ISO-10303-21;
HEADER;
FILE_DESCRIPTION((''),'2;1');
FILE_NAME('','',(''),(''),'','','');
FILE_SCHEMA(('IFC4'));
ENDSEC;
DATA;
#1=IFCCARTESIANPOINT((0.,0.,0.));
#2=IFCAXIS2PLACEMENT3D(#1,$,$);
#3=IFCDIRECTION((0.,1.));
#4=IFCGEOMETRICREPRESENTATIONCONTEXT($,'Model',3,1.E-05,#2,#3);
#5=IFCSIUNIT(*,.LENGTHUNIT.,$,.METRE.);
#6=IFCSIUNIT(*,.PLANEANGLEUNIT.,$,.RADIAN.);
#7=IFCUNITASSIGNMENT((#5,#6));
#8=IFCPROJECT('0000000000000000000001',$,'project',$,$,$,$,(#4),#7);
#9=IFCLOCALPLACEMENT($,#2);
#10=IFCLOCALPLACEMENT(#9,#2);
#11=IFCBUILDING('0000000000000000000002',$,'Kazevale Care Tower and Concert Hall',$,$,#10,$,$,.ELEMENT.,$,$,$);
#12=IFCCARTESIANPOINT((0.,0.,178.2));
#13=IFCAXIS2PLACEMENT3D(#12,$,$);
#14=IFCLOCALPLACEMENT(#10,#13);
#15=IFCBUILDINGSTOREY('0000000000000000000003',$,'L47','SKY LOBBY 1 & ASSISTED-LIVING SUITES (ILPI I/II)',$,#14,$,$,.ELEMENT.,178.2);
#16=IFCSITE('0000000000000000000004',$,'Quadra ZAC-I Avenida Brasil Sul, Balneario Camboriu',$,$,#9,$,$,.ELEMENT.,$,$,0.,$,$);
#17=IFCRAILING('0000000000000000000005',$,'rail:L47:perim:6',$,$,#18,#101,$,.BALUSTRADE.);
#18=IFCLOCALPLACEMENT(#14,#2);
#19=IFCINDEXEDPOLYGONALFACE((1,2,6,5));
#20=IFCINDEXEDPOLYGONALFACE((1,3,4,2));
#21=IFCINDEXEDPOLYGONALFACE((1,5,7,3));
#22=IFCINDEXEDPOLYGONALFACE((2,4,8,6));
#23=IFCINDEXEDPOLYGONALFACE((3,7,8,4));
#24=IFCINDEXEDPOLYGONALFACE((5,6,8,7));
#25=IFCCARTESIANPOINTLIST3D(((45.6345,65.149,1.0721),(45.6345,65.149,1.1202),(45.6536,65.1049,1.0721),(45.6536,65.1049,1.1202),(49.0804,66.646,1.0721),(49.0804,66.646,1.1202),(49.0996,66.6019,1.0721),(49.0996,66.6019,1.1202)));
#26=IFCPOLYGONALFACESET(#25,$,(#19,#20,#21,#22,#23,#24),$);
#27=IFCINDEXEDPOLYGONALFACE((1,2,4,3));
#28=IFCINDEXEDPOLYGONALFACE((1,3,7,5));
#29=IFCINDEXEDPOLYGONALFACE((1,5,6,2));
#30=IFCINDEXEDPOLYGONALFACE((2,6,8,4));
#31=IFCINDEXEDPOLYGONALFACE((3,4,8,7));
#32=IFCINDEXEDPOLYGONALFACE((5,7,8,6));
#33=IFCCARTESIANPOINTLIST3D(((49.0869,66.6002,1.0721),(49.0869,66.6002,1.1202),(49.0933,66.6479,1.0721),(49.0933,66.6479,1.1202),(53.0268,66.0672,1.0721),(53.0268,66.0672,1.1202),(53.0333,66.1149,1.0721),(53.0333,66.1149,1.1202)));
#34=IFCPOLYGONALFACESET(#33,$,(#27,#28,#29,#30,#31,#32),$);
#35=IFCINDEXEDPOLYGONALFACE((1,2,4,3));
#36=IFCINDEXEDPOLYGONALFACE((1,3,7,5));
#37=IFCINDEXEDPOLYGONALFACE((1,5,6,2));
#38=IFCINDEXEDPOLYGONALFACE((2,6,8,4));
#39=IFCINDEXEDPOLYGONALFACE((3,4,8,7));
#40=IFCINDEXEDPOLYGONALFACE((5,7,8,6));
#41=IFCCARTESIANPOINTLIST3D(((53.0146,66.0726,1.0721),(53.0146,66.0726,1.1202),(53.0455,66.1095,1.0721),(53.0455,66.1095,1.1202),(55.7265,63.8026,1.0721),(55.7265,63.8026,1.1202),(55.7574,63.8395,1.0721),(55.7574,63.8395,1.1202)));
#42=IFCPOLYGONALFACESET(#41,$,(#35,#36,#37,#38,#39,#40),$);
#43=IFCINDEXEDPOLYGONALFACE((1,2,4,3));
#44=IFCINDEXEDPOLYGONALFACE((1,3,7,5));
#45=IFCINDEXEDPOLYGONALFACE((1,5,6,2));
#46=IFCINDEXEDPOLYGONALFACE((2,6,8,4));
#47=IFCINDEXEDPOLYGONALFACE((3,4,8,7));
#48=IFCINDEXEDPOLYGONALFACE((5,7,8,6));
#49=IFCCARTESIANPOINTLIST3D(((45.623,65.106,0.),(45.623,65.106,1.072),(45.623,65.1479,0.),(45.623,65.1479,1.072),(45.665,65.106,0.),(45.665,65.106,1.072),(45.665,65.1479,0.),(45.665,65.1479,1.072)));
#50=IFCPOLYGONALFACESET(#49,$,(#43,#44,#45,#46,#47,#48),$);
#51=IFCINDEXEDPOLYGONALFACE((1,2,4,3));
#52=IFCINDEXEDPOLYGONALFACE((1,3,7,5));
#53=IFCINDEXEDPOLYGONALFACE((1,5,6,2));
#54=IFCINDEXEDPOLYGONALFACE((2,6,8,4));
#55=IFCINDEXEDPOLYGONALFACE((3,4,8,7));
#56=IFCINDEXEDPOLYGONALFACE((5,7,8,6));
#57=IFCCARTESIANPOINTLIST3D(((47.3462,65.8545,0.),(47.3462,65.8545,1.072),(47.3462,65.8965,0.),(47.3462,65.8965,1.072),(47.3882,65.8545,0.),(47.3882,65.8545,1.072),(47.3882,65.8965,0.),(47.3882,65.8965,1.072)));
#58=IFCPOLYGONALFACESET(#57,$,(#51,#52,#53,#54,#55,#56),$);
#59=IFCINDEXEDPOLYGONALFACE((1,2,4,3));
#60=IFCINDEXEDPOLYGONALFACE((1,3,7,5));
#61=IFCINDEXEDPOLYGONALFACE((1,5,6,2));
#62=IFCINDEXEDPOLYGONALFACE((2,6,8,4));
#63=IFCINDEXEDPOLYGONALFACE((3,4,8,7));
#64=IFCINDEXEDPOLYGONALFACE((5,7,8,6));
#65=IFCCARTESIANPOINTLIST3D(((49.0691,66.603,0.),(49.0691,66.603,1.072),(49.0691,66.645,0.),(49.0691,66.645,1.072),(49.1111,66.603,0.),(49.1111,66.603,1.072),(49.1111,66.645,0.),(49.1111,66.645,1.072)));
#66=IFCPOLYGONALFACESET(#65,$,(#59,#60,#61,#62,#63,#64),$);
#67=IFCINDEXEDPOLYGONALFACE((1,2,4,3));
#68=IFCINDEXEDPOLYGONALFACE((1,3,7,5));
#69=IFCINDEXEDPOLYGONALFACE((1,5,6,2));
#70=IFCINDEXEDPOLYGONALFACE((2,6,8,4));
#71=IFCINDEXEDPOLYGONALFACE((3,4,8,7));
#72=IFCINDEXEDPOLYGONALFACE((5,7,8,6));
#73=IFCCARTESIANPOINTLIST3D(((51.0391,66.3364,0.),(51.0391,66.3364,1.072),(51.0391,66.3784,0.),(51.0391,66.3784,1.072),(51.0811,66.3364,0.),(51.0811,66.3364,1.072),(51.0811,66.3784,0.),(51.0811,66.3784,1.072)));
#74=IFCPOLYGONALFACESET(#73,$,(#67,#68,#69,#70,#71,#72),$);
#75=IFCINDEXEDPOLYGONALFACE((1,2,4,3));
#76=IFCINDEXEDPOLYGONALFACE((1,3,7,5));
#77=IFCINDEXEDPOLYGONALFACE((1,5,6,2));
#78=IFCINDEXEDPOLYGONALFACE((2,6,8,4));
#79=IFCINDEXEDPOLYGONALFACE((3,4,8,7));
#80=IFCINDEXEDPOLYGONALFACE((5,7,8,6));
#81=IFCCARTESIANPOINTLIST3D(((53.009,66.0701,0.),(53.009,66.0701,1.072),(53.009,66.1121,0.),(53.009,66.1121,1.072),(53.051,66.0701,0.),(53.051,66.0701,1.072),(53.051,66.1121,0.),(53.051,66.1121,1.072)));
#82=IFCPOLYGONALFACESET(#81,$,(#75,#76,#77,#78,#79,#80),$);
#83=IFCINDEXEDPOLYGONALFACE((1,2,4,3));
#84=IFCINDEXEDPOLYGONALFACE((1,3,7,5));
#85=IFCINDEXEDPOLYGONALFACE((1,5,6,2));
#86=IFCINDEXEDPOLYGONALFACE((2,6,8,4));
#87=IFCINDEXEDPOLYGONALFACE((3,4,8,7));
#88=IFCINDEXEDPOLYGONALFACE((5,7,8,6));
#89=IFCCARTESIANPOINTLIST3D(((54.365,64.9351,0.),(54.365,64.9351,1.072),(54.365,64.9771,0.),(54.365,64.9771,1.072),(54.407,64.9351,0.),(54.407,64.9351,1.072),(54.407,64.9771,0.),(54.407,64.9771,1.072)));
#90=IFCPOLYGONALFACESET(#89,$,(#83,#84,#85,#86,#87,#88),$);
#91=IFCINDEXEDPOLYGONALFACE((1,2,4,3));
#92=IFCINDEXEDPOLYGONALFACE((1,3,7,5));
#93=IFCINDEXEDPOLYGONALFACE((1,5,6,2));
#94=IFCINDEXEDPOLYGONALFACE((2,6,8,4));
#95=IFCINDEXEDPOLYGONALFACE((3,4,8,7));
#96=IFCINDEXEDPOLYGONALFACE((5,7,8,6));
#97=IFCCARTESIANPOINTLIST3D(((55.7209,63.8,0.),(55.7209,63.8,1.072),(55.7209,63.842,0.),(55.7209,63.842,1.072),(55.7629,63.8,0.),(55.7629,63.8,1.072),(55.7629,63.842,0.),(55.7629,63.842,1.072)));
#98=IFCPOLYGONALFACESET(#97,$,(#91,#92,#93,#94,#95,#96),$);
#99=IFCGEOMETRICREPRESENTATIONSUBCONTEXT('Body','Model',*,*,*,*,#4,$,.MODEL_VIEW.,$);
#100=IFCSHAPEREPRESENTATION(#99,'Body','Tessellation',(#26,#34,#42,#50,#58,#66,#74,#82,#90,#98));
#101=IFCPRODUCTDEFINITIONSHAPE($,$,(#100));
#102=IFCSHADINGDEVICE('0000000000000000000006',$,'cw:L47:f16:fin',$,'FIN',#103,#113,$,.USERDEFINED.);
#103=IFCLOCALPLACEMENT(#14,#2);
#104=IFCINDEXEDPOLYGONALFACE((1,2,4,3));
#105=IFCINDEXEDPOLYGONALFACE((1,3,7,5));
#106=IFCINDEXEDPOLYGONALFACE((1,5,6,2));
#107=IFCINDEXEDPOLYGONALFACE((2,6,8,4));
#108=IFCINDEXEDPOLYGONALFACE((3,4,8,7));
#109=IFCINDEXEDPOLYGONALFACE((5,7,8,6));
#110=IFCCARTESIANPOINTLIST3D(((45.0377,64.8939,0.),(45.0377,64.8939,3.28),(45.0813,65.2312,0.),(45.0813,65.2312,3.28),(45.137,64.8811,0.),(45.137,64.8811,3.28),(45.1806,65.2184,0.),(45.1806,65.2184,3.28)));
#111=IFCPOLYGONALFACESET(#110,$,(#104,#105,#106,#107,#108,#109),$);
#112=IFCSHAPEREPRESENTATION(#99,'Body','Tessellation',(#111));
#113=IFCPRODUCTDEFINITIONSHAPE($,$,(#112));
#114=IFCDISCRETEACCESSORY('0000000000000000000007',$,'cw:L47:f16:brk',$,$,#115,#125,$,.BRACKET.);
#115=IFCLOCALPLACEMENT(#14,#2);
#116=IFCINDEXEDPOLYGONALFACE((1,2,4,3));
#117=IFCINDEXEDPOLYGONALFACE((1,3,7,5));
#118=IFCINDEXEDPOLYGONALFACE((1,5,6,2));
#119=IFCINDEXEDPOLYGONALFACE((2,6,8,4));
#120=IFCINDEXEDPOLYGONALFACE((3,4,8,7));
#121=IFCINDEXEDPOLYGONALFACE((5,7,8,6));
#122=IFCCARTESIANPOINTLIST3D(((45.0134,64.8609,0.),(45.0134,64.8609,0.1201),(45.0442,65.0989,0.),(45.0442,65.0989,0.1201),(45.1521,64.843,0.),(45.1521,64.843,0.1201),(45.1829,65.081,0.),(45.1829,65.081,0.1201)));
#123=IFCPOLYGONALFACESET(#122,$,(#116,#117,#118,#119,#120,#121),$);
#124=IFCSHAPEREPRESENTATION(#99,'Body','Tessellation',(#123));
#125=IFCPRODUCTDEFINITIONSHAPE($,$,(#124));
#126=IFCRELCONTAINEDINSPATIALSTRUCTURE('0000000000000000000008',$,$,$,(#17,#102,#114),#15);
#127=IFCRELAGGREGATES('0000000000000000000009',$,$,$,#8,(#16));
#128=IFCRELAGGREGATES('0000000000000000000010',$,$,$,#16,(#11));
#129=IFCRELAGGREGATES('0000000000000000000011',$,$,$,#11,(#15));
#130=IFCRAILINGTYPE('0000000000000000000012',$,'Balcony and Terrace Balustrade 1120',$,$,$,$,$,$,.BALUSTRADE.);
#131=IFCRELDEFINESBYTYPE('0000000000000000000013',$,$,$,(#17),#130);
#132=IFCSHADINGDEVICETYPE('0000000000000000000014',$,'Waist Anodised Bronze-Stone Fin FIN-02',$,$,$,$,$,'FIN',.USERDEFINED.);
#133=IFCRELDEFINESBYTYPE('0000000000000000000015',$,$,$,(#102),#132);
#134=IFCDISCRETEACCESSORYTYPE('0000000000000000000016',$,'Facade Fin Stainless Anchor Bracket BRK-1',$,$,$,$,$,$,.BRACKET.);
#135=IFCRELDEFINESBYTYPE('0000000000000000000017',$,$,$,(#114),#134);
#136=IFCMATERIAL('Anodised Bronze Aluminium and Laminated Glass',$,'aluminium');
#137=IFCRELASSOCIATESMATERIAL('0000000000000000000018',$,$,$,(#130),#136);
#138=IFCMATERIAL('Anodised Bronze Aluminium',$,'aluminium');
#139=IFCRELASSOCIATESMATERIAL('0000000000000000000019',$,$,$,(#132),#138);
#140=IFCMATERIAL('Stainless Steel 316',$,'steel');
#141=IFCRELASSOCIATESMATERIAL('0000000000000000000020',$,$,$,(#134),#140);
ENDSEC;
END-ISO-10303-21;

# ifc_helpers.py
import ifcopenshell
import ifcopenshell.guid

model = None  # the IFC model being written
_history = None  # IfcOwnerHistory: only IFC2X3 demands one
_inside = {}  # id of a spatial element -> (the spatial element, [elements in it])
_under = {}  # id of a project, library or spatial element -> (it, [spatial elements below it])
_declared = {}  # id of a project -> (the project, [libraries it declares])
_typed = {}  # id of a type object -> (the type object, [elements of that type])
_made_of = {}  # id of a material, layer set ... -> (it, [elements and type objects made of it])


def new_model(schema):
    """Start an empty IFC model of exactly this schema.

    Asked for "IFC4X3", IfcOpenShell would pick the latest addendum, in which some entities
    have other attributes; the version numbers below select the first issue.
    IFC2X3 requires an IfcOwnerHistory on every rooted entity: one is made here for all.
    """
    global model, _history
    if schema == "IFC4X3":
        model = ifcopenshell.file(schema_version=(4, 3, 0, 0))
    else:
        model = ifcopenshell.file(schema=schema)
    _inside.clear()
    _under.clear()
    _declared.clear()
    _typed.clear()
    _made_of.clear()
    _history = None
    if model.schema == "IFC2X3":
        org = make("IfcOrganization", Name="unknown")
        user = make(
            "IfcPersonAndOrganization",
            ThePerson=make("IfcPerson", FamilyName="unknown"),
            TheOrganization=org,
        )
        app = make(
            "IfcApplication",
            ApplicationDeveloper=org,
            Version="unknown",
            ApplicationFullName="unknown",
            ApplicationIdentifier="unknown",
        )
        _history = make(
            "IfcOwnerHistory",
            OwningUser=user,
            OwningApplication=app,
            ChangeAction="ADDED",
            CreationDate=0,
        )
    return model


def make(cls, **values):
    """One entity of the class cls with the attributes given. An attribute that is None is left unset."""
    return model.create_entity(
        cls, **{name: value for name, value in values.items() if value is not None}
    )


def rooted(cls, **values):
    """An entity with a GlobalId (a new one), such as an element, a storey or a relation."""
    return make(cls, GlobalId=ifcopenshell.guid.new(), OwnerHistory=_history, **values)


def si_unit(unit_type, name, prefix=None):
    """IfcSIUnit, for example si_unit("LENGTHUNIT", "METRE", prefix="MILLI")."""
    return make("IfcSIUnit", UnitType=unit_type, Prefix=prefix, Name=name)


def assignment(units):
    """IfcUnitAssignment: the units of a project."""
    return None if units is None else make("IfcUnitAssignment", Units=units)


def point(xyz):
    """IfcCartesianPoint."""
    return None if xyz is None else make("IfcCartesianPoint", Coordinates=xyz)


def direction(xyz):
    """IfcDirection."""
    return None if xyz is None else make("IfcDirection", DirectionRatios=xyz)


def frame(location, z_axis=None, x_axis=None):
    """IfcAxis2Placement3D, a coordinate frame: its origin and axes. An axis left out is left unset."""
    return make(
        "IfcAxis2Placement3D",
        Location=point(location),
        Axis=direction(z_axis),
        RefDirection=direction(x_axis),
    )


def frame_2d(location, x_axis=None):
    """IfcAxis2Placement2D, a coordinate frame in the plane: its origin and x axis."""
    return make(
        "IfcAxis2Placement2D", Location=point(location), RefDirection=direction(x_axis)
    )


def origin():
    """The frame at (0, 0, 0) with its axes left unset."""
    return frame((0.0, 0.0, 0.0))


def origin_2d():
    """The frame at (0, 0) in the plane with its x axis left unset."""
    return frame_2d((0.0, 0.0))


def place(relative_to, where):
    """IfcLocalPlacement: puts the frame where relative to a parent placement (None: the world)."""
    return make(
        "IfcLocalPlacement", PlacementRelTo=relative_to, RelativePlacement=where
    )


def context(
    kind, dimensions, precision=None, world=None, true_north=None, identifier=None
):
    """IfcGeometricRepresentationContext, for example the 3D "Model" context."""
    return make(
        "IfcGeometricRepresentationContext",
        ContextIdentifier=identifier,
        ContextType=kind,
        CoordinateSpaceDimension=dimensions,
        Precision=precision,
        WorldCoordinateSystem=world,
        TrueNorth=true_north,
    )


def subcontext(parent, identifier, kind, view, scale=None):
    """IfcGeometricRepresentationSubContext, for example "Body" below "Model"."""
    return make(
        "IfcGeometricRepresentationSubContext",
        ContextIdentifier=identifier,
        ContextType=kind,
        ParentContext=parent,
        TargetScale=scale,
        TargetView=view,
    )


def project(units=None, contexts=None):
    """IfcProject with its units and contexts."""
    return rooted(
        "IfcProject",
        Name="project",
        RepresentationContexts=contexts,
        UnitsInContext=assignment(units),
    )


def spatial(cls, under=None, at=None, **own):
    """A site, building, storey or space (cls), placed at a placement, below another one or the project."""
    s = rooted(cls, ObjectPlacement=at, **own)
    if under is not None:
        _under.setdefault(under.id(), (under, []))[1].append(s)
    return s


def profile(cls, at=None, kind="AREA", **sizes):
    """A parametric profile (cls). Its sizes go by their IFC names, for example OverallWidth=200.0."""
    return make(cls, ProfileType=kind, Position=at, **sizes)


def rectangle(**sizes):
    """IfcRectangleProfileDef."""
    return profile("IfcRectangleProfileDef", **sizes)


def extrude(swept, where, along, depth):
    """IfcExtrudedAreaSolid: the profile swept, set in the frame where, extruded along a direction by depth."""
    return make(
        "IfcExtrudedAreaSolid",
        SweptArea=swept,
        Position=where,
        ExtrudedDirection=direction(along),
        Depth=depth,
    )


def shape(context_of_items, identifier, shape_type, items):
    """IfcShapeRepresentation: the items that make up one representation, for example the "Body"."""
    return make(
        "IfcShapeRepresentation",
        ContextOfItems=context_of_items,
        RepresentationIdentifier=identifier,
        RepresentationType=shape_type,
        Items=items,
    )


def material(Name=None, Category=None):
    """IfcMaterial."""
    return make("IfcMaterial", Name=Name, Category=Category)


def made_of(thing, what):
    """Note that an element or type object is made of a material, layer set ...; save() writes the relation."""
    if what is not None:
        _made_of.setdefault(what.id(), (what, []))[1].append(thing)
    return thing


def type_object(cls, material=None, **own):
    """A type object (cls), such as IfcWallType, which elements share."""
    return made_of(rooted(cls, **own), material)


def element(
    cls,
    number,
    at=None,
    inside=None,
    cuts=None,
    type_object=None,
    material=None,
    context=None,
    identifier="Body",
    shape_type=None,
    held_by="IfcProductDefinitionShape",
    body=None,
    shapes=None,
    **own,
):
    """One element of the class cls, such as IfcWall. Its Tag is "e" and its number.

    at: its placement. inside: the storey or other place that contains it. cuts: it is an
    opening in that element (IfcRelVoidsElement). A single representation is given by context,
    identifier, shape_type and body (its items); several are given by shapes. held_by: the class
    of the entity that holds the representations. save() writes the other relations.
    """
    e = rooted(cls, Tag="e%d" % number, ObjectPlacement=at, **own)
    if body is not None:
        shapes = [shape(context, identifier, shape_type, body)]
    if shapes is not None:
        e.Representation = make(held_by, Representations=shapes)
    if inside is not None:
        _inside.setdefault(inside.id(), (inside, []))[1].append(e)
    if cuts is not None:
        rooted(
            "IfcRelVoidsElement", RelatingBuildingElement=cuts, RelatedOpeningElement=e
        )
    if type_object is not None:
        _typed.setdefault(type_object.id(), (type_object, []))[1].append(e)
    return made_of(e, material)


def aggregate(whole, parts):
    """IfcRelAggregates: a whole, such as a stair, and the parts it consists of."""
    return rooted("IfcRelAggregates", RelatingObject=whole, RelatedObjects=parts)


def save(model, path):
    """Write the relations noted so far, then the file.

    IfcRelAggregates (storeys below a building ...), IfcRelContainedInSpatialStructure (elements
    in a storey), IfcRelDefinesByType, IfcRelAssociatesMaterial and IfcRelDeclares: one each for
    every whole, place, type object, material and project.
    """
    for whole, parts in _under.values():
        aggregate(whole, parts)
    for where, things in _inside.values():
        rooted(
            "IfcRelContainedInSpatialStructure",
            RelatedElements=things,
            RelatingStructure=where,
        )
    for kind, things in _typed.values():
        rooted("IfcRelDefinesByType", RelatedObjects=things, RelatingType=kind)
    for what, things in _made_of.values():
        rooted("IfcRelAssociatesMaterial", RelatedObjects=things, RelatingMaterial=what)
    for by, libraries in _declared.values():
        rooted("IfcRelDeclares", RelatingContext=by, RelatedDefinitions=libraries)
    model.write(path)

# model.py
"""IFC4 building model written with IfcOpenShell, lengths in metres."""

from ifc_helpers import new_model, si_unit, direction, frame, origin, origin_2d, place, context, subcontext, project, spatial, rectangle, extrude, material, type_object, element, save


model = new_model("IFC4")

# Units and contexts
model_context = context("Model", 3, precision=1e-05, world=origin(), true_north=direction((0.0, 1.0)))
body_context = subcontext(model_context, "Body", "Model", "MODEL_VIEW")
ifc_project = project(units=[si_unit("LENGTHUNIT", "METRE"), si_unit("PLANEANGLEUNIT", "RADIAN")], contexts=[model_context])

# Site, building, storey
site_placement = place(None, origin())
site = spatial("IfcSite", under=ifc_project, at=site_placement, Name="Quadra ZAC-I Avenida Brasil Sul, Balneario Camboriu", CompositionType="ELEMENT", RefElevation=0.0)
building_placement = place(site_placement, origin())
building = spatial("IfcBuilding", under=site, at=building_placement, Name="Kazevale Care Tower and Concert Hall", CompositionType="ELEMENT")
storey_placement = place(building_placement, frame((0.0, 0.0, 178.2)))
storey = spatial("IfcBuildingStorey", under=building, at=storey_placement, Name="L47", Description="SKY LOBBY 1 & ASSISTED-LIVING SUITES (ILPI I/II)", CompositionType="ELEMENT", Elevation=178.2)

# Railing
ifc_material_1 = material(Name="Anodised Bronze Aluminium and Laminated Glass", Category="aluminium")
railing_type = type_object("IfcRailingType", Name="Balcony and Terrace Balustrade 1120", PredefinedType="BALUSTRADE", material=ifc_material_1)
railing_placement = place(storey_placement, frame((45.644, 65.127, 0.0)))
element("IfcRailing", 1, at=railing_placement, inside=storey, type_object=railing_type, Name="rail:L47:perim:6", PredefinedType="BALUSTRADE", context=body_context, shape_type="SweptSolid", body=[
    extrude(rectangle(XDim=0.0481, YDim=0.0481, at=origin_2d()), frame((0.0, 0.0, 1.0962), z_axis=(0.917188, 0.398455, 0.0), x_axis=(-0.398455, 0.917188, 0.0)), (0.0, 0.0, 1.0), 3.7571),
    extrude(rectangle(XDim=0.0481, YDim=0.0481, at=origin_2d()), frame((3.446, 1.4971, 1.0962), z_axis=(0.990975, -0.13405, 0.0), x_axis=(0.13405, 0.990975, 0.0)), (0.0, 0.0, 1.0), 3.9758),
    extrude(rectangle(XDim=0.0481, YDim=0.0481, at=origin_2d()), frame((7.386, 0.9641, 1.0962), z_axis=(0.766816, -0.641867, 0.0), x_axis=(0.641867, 0.766816, 0.0)), (0.0, 0.0, 1.0), 3.5366),
    extrude(rectangle(XDim=0.042, YDim=0.042, at=origin_2d()), origin(), (0.0, 0.0, 1.0), 1.072),
    extrude(rectangle(XDim=0.042, YDim=0.042, at=origin_2d()), frame((1.7231, 0.7485, 0.0)), (0.0, 0.0, 1.0), 1.072),
    extrude(rectangle(XDim=0.042, YDim=0.042, at=origin_2d()), frame((3.446, 1.4971, 0.0)), (0.0, 0.0, 1.0), 1.072),
    extrude(rectangle(XDim=0.042, YDim=0.042, at=origin_2d()), frame((5.416, 1.2305, 0.0)), (0.0, 0.0, 1.0), 1.072),
    extrude(rectangle(XDim=0.042, YDim=0.042, at=origin_2d()), frame((7.386, 0.9641, 0.0)), (0.0, 0.0, 1.0), 1.072),
    extrude(rectangle(XDim=0.042, YDim=0.042, at=origin_2d()), frame((8.7419, -0.1709, 0.0)), (0.0, 0.0, 1.0), 1.072),
    extrude(rectangle(XDim=0.042, YDim=0.042, at=origin_2d()), frame((10.0979, -1.3059, 0.0)), (0.0, 0.0, 1.0), 1.072),
])

# Shading device
ifc_material_2 = material(Name="Anodised Bronze Aluminium", Category="aluminium")
shading_device_type = type_object("IfcShadingDeviceType", Name="Waist Anodised Bronze-Stone Fin FIN-02", ElementType="FIN", PredefinedType="USERDEFINED", material=ifc_material_2)
shading_device_placement = place(storey_placement, frame((45.1091, 65.0562, 0.0), z_axis=(0.0, 0.0, 1.0), x_axis=(0.128276, 0.991738, 0.0)))
element("IfcShadingDevice", 2, at=shading_device_placement, inside=storey, type_object=shading_device_type, Name="cw:L47:f16:fin", ObjectType="FIN", PredefinedType="USERDEFINED", context=body_context, shape_type="SweptSolid", body=[
    extrude(rectangle(XDim=0.3401, YDim=0.1001, at=origin_2d()), origin(), (0.0, 0.0, 1.0), 3.28),
])

# Discrete accessory
ifc_material_3 = material(Name="Stainless Steel 316", Category="steel")
discrete_accessory_type = type_object("IfcDiscreteAccessoryType", Name="Facade Fin Stainless Anchor Bracket BRK-1", PredefinedType="BRACKET", material=ifc_material_3)
discrete_accessory_placement = place(storey_placement, frame((45.0981, 64.9709, 0.0), z_axis=(0.0, 0.0, 1.0), x_axis=(0.128276, 0.991738, 0.0)))
element("IfcDiscreteAccessory", 3, at=discrete_accessory_placement, inside=storey, type_object=discrete_accessory_type, Name="cw:L47:f16:brk", PredefinedType="BRACKET", context=body_context, shape_type="SweptSolid", body=[
    extrude(rectangle(XDim=0.24, YDim=0.1399, at=origin_2d()), origin(), (0.0, 0.0, 1.0), 0.1201),
])

save(model, "model.ifc")
